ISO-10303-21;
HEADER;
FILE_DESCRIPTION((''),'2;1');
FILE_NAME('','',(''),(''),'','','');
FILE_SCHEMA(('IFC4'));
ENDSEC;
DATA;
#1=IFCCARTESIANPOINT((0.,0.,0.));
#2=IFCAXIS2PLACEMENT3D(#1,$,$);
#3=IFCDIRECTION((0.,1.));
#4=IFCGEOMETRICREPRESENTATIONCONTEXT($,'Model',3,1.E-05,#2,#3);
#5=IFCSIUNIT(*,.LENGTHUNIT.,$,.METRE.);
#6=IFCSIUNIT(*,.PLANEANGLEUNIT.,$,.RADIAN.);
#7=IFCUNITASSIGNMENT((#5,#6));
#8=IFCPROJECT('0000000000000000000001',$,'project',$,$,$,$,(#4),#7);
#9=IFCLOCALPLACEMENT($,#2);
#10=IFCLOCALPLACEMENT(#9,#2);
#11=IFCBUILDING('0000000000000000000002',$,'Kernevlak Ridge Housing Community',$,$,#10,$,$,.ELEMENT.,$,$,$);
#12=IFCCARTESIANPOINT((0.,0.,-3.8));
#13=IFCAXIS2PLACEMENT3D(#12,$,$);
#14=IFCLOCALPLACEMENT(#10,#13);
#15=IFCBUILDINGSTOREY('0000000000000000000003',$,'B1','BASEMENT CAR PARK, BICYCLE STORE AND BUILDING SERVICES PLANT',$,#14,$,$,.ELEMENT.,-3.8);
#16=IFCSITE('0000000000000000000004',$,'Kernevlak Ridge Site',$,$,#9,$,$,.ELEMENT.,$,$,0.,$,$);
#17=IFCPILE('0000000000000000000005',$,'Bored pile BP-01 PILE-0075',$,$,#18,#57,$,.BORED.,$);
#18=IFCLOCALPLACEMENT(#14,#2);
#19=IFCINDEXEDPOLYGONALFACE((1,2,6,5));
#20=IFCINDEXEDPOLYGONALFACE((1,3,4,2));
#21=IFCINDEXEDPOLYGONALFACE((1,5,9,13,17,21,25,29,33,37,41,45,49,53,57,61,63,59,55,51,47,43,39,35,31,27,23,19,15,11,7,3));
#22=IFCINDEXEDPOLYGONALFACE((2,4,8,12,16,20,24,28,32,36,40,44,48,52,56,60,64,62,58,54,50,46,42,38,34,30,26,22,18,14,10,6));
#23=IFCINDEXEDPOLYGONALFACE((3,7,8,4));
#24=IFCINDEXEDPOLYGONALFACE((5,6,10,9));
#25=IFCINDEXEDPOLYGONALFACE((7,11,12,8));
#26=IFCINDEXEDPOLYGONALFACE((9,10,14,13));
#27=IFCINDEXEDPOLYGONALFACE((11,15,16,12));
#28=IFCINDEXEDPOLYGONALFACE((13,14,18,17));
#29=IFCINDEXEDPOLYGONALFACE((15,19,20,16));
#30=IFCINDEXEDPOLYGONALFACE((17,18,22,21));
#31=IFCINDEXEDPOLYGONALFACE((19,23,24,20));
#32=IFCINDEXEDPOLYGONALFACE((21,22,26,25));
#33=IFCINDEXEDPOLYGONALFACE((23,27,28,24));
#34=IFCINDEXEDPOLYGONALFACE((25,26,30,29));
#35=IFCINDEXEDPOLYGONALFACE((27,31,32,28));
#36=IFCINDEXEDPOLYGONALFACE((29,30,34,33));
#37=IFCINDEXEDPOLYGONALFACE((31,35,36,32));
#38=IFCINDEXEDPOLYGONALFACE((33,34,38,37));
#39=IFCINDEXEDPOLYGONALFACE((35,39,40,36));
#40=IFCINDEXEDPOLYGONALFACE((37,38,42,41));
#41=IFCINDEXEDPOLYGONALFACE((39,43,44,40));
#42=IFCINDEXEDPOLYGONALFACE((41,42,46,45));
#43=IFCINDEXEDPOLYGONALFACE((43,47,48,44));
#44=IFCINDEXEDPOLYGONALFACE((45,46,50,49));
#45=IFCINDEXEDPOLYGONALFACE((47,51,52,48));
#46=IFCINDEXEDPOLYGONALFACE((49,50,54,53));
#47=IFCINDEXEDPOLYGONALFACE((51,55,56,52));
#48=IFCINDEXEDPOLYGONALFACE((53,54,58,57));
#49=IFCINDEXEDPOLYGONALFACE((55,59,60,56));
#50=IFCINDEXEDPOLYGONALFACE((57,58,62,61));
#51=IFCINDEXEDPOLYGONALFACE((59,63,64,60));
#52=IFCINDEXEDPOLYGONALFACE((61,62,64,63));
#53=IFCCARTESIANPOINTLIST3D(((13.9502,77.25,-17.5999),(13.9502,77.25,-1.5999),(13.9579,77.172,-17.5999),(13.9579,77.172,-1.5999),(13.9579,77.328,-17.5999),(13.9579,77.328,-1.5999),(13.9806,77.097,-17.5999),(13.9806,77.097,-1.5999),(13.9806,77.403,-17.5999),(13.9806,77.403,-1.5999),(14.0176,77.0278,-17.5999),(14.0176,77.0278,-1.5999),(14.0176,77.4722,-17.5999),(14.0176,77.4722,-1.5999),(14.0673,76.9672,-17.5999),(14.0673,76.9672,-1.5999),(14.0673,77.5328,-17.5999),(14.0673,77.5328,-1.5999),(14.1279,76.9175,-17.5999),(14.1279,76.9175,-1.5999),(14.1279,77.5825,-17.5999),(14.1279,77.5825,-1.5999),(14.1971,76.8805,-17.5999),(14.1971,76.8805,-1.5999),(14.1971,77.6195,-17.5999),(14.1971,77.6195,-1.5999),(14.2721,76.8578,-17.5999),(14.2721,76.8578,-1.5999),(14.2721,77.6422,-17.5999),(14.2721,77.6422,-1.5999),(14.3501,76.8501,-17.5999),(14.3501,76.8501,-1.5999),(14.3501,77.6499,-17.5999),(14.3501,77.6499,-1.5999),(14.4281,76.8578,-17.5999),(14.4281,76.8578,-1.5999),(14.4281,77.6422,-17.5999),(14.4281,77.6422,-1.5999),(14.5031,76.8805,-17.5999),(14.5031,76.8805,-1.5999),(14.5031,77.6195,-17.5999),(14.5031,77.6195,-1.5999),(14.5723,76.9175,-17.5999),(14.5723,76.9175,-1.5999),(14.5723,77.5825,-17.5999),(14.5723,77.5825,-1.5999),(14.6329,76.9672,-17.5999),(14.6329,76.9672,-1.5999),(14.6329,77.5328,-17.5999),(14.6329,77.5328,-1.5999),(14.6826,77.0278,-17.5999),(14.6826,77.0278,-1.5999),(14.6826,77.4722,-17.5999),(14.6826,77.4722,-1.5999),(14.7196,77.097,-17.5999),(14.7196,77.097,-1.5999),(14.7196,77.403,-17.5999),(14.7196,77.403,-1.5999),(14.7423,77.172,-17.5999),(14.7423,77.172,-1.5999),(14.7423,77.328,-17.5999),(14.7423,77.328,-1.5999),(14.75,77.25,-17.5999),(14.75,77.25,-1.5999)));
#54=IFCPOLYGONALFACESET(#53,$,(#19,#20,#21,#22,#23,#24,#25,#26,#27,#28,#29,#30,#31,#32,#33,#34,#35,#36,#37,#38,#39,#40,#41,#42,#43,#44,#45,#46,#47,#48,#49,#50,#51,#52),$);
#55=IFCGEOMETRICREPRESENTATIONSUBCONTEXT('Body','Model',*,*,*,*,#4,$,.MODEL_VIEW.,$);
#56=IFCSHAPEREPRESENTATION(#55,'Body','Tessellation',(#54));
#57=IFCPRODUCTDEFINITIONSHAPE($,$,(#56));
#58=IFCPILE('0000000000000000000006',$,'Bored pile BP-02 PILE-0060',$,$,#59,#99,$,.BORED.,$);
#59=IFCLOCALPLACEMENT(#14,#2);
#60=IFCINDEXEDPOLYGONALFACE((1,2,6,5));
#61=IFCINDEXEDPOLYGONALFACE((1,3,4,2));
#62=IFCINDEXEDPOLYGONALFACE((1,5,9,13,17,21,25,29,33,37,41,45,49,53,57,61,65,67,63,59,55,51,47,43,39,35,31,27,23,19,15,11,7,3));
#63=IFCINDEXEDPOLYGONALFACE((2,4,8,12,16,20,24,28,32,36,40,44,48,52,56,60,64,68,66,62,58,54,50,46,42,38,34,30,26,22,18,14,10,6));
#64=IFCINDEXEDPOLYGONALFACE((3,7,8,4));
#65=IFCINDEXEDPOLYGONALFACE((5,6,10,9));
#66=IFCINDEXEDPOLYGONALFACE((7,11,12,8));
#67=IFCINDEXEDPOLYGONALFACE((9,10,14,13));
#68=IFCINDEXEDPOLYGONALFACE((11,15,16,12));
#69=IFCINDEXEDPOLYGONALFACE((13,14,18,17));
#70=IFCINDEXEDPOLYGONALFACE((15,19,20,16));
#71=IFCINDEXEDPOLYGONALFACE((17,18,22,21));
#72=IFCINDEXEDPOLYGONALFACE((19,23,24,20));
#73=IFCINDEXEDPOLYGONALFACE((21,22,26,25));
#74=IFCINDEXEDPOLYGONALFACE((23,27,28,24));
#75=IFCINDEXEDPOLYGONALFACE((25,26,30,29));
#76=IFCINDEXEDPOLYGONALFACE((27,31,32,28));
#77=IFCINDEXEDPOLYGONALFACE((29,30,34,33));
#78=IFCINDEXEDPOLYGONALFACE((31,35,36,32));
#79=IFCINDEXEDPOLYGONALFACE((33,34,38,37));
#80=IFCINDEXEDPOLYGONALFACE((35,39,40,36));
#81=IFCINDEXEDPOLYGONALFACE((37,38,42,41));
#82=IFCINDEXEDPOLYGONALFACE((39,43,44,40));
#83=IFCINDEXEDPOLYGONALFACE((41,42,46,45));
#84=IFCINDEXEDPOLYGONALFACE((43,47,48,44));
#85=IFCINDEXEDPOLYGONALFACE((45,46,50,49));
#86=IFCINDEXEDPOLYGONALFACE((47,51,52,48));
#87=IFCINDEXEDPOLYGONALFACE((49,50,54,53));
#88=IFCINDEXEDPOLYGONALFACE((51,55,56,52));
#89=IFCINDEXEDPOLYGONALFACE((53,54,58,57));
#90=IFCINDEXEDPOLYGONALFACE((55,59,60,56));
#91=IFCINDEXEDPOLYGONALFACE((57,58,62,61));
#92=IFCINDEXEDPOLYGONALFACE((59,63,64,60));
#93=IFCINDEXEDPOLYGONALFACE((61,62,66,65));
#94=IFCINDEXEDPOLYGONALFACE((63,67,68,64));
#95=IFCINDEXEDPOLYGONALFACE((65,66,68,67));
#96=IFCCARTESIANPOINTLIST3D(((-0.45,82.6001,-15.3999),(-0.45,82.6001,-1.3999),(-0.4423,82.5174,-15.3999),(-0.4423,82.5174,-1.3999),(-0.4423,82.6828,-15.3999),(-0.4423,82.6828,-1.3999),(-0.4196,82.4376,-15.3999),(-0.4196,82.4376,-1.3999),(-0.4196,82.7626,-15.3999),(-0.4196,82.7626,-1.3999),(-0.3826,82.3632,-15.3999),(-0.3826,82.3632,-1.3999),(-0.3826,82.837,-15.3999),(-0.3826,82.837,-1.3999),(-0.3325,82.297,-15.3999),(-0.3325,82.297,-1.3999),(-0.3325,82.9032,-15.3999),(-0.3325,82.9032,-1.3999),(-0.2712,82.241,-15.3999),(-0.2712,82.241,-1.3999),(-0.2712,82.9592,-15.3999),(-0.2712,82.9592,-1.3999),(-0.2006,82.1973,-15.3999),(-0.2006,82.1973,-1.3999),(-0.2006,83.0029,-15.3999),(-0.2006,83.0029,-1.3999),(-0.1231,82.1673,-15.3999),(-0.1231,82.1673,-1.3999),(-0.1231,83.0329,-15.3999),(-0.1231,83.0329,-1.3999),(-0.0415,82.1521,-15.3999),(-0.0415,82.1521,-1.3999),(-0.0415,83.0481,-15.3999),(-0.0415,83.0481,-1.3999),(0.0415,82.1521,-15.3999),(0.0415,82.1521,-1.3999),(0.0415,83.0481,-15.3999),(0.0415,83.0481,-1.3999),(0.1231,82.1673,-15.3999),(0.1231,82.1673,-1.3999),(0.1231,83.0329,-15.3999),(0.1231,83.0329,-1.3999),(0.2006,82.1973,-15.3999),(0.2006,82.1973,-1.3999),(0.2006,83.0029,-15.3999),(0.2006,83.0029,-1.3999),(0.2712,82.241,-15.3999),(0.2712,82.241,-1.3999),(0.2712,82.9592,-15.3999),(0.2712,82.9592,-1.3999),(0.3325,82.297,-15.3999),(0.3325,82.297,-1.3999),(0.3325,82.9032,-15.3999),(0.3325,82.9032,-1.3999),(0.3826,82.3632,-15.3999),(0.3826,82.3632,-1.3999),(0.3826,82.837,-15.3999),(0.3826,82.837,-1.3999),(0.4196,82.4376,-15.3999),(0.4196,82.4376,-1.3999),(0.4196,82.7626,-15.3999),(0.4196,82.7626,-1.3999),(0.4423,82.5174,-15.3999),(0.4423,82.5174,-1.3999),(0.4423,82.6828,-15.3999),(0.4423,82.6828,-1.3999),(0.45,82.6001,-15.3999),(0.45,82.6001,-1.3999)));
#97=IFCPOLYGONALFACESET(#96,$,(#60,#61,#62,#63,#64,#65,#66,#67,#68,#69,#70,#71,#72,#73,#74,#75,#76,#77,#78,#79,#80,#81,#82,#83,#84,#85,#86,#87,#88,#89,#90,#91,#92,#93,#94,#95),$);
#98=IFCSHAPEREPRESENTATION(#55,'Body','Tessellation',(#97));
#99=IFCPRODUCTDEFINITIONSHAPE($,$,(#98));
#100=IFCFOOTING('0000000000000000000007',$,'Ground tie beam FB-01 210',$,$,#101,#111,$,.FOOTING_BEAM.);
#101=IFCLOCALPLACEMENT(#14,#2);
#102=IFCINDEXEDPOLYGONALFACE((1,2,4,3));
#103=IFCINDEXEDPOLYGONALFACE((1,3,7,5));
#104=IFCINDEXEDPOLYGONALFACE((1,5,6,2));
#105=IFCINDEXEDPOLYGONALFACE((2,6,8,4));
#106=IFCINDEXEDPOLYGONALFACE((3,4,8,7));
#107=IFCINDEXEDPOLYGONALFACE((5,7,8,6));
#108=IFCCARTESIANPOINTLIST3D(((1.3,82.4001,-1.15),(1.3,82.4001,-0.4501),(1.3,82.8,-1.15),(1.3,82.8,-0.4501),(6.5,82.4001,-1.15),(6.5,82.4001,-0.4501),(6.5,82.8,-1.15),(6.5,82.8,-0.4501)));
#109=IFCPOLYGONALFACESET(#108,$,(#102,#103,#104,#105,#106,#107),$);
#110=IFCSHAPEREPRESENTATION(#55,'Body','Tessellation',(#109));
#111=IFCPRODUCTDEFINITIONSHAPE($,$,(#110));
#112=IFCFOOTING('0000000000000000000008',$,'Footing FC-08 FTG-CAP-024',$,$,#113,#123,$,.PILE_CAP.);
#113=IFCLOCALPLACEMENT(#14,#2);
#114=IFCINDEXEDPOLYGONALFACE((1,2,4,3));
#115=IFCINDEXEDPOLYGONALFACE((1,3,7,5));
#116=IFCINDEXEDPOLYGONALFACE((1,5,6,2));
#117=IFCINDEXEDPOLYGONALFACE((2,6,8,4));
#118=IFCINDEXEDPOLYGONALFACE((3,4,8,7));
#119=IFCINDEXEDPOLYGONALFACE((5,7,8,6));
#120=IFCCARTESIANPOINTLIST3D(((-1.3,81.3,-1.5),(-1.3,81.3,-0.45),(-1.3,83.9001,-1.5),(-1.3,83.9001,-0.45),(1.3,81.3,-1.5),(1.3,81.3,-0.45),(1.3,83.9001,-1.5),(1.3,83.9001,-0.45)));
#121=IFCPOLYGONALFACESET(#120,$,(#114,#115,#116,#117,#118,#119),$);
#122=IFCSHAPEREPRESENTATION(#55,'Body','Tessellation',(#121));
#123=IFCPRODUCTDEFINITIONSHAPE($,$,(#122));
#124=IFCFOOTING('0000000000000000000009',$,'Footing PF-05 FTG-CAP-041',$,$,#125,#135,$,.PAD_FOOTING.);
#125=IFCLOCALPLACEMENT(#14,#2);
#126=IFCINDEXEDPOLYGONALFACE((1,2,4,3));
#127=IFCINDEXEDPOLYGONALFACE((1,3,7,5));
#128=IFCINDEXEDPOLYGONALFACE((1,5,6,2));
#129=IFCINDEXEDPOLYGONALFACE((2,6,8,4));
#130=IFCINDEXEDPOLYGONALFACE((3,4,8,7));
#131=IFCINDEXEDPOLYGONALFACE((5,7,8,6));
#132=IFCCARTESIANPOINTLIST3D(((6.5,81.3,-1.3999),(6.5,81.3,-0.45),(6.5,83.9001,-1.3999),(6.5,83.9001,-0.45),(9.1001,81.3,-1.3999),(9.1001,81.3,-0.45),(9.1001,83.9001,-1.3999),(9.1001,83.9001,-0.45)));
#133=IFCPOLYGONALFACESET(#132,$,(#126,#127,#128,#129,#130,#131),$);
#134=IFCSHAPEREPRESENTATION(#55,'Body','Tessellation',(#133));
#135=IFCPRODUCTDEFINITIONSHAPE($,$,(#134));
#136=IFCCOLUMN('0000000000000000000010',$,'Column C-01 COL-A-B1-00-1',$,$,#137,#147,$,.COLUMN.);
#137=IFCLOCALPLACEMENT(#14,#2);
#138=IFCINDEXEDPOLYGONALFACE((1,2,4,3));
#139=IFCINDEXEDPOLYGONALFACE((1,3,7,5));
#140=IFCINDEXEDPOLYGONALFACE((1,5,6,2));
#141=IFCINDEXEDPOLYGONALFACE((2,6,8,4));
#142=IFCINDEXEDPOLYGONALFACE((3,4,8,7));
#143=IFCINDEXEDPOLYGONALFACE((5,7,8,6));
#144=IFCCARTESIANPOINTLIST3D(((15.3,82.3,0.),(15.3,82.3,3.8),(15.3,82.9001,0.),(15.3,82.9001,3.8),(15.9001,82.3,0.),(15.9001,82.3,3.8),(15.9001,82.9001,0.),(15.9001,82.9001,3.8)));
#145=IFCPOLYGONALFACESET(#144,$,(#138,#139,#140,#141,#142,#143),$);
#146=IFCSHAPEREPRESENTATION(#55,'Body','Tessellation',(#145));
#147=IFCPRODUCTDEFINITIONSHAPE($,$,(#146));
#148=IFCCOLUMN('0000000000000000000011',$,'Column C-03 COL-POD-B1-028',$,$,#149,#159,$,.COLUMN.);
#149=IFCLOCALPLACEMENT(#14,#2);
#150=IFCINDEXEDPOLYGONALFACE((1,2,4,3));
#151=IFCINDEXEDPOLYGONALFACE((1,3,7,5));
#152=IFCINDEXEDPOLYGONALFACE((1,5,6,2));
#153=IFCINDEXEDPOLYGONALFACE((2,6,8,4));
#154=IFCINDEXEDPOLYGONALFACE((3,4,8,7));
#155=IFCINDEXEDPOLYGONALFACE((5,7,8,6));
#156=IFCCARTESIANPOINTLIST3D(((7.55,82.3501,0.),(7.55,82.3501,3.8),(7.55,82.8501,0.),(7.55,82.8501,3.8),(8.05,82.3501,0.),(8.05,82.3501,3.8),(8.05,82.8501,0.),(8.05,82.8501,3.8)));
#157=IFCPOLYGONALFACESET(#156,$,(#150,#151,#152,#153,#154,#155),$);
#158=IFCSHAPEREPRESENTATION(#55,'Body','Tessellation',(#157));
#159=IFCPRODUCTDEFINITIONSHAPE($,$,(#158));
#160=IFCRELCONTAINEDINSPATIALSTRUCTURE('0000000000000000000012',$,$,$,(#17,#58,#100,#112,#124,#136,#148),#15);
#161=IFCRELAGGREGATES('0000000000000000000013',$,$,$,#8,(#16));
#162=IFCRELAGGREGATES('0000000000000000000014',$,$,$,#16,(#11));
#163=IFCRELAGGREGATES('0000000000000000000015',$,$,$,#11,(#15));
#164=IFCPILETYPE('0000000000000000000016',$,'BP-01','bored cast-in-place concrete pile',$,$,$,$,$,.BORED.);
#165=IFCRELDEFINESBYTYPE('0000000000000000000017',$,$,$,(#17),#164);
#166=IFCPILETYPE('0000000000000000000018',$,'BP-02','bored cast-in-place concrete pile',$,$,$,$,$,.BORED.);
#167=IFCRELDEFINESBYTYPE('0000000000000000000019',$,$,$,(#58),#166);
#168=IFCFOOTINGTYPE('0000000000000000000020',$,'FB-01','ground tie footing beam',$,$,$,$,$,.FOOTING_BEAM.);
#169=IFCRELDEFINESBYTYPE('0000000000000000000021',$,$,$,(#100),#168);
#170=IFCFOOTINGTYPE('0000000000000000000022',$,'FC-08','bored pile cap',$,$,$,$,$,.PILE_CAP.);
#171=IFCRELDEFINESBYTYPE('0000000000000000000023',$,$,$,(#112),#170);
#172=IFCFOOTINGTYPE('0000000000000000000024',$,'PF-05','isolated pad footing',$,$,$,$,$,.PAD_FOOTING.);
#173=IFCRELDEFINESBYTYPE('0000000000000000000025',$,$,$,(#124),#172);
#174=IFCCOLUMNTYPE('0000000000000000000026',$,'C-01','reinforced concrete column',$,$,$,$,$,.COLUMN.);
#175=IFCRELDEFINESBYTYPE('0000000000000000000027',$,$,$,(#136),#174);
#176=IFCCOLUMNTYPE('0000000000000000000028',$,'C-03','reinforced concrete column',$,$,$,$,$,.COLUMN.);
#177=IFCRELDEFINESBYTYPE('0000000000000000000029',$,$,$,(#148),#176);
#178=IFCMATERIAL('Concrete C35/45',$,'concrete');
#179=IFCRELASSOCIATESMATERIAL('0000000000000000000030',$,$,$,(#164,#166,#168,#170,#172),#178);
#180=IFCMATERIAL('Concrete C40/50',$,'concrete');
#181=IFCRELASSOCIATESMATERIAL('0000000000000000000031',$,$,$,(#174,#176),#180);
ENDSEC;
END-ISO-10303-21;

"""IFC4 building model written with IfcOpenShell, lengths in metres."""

from ifc_helpers import new_model, si_unit, direction, frame, origin, origin_2d, place, context, subcontext, project, spatial, rectangle, circle, extrude, material, material_profile, profile_set, type_object, element, save


model = new_model("IFC4")

# Units and contexts
model_context = context("Model", 3, precision=1e-05, world=origin(), true_north=direction((0.0, 1.0)))
body_context = subcontext(model_context, "Body", "Model", "MODEL_VIEW")
ifc_project = project(units=[si_unit("LENGTHUNIT", "METRE"), si_unit("PLANEANGLEUNIT", "RADIAN")], contexts=[model_context])

# Site, building, storey
site_placement = place(None, origin())
site = spatial("IfcSite", under=ifc_project, at=site_placement, Name="Kernevlak Ridge Site", CompositionType="ELEMENT", RefElevation=0.0)
building_placement = place(site_placement, origin())
building = spatial("IfcBuilding", under=site, at=building_placement, Name="Kernevlak Ridge Housing Community", CompositionType="ELEMENT")
storey_placement = place(building_placement, frame((0.0, 0.0, -3.8)))
storey = spatial("IfcBuildingStorey", under=building, at=storey_placement, Name="B1", Description="BASEMENT CAR PARK, BICYCLE STORE AND BUILDING SERVICES PLANT", CompositionType="ELEMENT", Elevation=-3.8)

# Piles
ifc_material_1 = material(Name="Concrete C35/45", Category="concrete")
ifc_material_profile_1 = material_profile(ifc_material_1, circle(Radius=0.3999, at=origin_2d()), Name="BORED PILE 800")
ifc_profile_set_1 = profile_set([ifc_material_profile_1], Name="Concrete C35/45")
pile_type_1 = type_object("IfcPileType", Name="BP-01", Description="bored cast-in-place concrete pile", PredefinedType="BORED", material=ifc_profile_set_1)
pile_1_placement = place(storey_placement, frame((14.3501, 77.25, -1.5999), z_axis=(0.0, 0.0, -1.0), x_axis=(1.0, 0.0, 0.0)))
element("IfcPile", 1, at=pile_1_placement, inside=storey, type_object=pile_type_1, Name="Bored pile BP-01 PILE-0075", PredefinedType="BORED", context=body_context, shape_type="SweptSolid", body=[
    extrude(circle(Radius=0.3999, at=origin_2d()), origin(), (0.0, 0.0, 1.0), 16.0),
])
ifc_material_profile_2 = material_profile(ifc_material_1, circle(Radius=0.45, at=origin_2d()), Name="BORED PILE 900")
ifc_profile_set_2 = profile_set([ifc_material_profile_2], Name="Concrete C35/45")
pile_type_2 = type_object("IfcPileType", Name="BP-02", Description="bored cast-in-place concrete pile", PredefinedType="BORED", material=ifc_profile_set_2)
pile_2_placement = place(storey_placement, frame((0.0, 82.6001, -1.3999), z_axis=(0.0, 0.0, -1.0), x_axis=(1.0, 0.0, 0.0)))
element("IfcPile", 2, at=pile_2_placement, inside=storey, type_object=pile_type_2, Name="Bored pile BP-02 PILE-0060", PredefinedType="BORED", context=body_context, shape_type="SweptSolid", body=[
    extrude(circle(Radius=0.45, at=origin_2d()), origin(), (0.0, 0.0, 1.0), 14.0),
])

# Footings
ifc_material_profile_3 = material_profile(ifc_material_1, rectangle(XDim=0.3999, YDim=0.7, at=origin_2d()), Name="RC 400x700")
ifc_profile_set_3 = profile_set([ifc_material_profile_3], Name="Concrete C35/45")
footing_type_1 = type_object("IfcFootingType", Name="FB-01", Description="ground tie footing beam", PredefinedType="FOOTING_BEAM", material=ifc_profile_set_3)
footing_1_placement = place(storey_placement, frame((1.3, 82.6001, -0.8), z_axis=(1.0, 0.0, 0.0), x_axis=(0.0, 1.0, 0.0)))
element("IfcFooting", 3, at=footing_1_placement, inside=storey, type_object=footing_type_1, Name="Ground tie beam FB-01 210", PredefinedType="FOOTING_BEAM", context=body_context, shape_type="SweptSolid", body=[
    extrude(rectangle(XDim=0.3999, YDim=0.7, at=origin_2d()), origin(), (0.0, 0.0, 1.0), 5.2),
])
footing_type_2 = type_object("IfcFootingType", Name="FC-08", Description="bored pile cap", PredefinedType="PILE_CAP", material=ifc_material_1)
footing_2_placement = place(storey_placement, frame((0.0, 82.6001, -1.5), z_axis=(0.0, 0.0, 1.0), x_axis=(1.0, 0.0, 0.0)))
element("IfcFooting", 4, at=footing_2_placement, inside=storey, type_object=footing_type_2, Name="Footing FC-08 FTG-CAP-024", PredefinedType="PILE_CAP", context=body_context, shape_type="SweptSolid", body=[
    extrude(rectangle(XDim=2.6001, YDim=2.6001, at=origin_2d()), origin(), (0.0, 0.0, 1.0), 1.05),
])
footing_type_3 = type_object("IfcFootingType", Name="PF-05", Description="isolated pad footing", PredefinedType="PAD_FOOTING", material=ifc_material_1)
footing_3_placement = place(storey_placement, frame((7.8, 82.6001, -1.3999), z_axis=(0.0, 0.0, 1.0), x_axis=(1.0, 0.0, 0.0)))
element("IfcFooting", 5, at=footing_3_placement, inside=storey, type_object=footing_type_3, Name="Footing PF-05 FTG-CAP-041", PredefinedType="PAD_FOOTING", context=body_context, shape_type="SweptSolid", body=[
    extrude(rectangle(XDim=2.6001, YDim=2.6001, at=origin_2d()), origin(), (0.0, 0.0, 1.0), 0.95),
])

# Columns
ifc_material_2 = material(Name="Concrete C40/50", Category="concrete")
ifc_material_profile_4 = material_profile(ifc_material_2, rectangle(XDim=0.6001, YDim=0.6001, at=origin_2d()), Name="RC 600x600")
ifc_profile_set_4 = profile_set([ifc_material_profile_4], Name="Concrete C40/50")
column_type_1 = type_object("IfcColumnType", Name="C-01", Description="reinforced concrete column", PredefinedType="COLUMN", material=ifc_profile_set_4)
column_1_placement = place(storey_placement, frame((15.6001, 82.6001, 0.0), z_axis=(0.0, 0.0, 1.0), x_axis=(1.0, 0.0, 0.0)))
element("IfcColumn", 6, at=column_1_placement, inside=storey, type_object=column_type_1, Name="Column C-01 COL-A-B1-00-1", PredefinedType="COLUMN", context=body_context, shape_type="SweptSolid", body=[
    extrude(rectangle(XDim=0.6001, YDim=0.6001, at=origin_2d()), origin(), (0.0, 0.0, 1.0), 3.8),
])
ifc_material_profile_5 = material_profile(ifc_material_2, rectangle(XDim=0.5, YDim=0.5, at=origin_2d()), Name="RC 500x500")
ifc_profile_set_5 = profile_set([ifc_material_profile_5], Name="Concrete C40/50")
column_type_2 = type_object("IfcColumnType", Name="C-03", Description="reinforced concrete column", PredefinedType="COLUMN", material=ifc_profile_set_5)
column_2_placement = place(storey_placement, frame((7.8, 82.6001, 0.0), z_axis=(0.0, 0.0, 1.0), x_axis=(1.0, 0.0, 0.0)))
element("IfcColumn", 7, at=column_2_placement, inside=storey, type_object=column_type_2, Name="Column C-03 COL-POD-B1-028", PredefinedType="COLUMN", context=body_context, shape_type="SweptSolid", body=[
    extrude(rectangle(XDim=0.5, YDim=0.5, at=origin_2d()), origin(), (0.0, 0.0, 1.0), 3.8),
])

save(model, "model.ifc")
